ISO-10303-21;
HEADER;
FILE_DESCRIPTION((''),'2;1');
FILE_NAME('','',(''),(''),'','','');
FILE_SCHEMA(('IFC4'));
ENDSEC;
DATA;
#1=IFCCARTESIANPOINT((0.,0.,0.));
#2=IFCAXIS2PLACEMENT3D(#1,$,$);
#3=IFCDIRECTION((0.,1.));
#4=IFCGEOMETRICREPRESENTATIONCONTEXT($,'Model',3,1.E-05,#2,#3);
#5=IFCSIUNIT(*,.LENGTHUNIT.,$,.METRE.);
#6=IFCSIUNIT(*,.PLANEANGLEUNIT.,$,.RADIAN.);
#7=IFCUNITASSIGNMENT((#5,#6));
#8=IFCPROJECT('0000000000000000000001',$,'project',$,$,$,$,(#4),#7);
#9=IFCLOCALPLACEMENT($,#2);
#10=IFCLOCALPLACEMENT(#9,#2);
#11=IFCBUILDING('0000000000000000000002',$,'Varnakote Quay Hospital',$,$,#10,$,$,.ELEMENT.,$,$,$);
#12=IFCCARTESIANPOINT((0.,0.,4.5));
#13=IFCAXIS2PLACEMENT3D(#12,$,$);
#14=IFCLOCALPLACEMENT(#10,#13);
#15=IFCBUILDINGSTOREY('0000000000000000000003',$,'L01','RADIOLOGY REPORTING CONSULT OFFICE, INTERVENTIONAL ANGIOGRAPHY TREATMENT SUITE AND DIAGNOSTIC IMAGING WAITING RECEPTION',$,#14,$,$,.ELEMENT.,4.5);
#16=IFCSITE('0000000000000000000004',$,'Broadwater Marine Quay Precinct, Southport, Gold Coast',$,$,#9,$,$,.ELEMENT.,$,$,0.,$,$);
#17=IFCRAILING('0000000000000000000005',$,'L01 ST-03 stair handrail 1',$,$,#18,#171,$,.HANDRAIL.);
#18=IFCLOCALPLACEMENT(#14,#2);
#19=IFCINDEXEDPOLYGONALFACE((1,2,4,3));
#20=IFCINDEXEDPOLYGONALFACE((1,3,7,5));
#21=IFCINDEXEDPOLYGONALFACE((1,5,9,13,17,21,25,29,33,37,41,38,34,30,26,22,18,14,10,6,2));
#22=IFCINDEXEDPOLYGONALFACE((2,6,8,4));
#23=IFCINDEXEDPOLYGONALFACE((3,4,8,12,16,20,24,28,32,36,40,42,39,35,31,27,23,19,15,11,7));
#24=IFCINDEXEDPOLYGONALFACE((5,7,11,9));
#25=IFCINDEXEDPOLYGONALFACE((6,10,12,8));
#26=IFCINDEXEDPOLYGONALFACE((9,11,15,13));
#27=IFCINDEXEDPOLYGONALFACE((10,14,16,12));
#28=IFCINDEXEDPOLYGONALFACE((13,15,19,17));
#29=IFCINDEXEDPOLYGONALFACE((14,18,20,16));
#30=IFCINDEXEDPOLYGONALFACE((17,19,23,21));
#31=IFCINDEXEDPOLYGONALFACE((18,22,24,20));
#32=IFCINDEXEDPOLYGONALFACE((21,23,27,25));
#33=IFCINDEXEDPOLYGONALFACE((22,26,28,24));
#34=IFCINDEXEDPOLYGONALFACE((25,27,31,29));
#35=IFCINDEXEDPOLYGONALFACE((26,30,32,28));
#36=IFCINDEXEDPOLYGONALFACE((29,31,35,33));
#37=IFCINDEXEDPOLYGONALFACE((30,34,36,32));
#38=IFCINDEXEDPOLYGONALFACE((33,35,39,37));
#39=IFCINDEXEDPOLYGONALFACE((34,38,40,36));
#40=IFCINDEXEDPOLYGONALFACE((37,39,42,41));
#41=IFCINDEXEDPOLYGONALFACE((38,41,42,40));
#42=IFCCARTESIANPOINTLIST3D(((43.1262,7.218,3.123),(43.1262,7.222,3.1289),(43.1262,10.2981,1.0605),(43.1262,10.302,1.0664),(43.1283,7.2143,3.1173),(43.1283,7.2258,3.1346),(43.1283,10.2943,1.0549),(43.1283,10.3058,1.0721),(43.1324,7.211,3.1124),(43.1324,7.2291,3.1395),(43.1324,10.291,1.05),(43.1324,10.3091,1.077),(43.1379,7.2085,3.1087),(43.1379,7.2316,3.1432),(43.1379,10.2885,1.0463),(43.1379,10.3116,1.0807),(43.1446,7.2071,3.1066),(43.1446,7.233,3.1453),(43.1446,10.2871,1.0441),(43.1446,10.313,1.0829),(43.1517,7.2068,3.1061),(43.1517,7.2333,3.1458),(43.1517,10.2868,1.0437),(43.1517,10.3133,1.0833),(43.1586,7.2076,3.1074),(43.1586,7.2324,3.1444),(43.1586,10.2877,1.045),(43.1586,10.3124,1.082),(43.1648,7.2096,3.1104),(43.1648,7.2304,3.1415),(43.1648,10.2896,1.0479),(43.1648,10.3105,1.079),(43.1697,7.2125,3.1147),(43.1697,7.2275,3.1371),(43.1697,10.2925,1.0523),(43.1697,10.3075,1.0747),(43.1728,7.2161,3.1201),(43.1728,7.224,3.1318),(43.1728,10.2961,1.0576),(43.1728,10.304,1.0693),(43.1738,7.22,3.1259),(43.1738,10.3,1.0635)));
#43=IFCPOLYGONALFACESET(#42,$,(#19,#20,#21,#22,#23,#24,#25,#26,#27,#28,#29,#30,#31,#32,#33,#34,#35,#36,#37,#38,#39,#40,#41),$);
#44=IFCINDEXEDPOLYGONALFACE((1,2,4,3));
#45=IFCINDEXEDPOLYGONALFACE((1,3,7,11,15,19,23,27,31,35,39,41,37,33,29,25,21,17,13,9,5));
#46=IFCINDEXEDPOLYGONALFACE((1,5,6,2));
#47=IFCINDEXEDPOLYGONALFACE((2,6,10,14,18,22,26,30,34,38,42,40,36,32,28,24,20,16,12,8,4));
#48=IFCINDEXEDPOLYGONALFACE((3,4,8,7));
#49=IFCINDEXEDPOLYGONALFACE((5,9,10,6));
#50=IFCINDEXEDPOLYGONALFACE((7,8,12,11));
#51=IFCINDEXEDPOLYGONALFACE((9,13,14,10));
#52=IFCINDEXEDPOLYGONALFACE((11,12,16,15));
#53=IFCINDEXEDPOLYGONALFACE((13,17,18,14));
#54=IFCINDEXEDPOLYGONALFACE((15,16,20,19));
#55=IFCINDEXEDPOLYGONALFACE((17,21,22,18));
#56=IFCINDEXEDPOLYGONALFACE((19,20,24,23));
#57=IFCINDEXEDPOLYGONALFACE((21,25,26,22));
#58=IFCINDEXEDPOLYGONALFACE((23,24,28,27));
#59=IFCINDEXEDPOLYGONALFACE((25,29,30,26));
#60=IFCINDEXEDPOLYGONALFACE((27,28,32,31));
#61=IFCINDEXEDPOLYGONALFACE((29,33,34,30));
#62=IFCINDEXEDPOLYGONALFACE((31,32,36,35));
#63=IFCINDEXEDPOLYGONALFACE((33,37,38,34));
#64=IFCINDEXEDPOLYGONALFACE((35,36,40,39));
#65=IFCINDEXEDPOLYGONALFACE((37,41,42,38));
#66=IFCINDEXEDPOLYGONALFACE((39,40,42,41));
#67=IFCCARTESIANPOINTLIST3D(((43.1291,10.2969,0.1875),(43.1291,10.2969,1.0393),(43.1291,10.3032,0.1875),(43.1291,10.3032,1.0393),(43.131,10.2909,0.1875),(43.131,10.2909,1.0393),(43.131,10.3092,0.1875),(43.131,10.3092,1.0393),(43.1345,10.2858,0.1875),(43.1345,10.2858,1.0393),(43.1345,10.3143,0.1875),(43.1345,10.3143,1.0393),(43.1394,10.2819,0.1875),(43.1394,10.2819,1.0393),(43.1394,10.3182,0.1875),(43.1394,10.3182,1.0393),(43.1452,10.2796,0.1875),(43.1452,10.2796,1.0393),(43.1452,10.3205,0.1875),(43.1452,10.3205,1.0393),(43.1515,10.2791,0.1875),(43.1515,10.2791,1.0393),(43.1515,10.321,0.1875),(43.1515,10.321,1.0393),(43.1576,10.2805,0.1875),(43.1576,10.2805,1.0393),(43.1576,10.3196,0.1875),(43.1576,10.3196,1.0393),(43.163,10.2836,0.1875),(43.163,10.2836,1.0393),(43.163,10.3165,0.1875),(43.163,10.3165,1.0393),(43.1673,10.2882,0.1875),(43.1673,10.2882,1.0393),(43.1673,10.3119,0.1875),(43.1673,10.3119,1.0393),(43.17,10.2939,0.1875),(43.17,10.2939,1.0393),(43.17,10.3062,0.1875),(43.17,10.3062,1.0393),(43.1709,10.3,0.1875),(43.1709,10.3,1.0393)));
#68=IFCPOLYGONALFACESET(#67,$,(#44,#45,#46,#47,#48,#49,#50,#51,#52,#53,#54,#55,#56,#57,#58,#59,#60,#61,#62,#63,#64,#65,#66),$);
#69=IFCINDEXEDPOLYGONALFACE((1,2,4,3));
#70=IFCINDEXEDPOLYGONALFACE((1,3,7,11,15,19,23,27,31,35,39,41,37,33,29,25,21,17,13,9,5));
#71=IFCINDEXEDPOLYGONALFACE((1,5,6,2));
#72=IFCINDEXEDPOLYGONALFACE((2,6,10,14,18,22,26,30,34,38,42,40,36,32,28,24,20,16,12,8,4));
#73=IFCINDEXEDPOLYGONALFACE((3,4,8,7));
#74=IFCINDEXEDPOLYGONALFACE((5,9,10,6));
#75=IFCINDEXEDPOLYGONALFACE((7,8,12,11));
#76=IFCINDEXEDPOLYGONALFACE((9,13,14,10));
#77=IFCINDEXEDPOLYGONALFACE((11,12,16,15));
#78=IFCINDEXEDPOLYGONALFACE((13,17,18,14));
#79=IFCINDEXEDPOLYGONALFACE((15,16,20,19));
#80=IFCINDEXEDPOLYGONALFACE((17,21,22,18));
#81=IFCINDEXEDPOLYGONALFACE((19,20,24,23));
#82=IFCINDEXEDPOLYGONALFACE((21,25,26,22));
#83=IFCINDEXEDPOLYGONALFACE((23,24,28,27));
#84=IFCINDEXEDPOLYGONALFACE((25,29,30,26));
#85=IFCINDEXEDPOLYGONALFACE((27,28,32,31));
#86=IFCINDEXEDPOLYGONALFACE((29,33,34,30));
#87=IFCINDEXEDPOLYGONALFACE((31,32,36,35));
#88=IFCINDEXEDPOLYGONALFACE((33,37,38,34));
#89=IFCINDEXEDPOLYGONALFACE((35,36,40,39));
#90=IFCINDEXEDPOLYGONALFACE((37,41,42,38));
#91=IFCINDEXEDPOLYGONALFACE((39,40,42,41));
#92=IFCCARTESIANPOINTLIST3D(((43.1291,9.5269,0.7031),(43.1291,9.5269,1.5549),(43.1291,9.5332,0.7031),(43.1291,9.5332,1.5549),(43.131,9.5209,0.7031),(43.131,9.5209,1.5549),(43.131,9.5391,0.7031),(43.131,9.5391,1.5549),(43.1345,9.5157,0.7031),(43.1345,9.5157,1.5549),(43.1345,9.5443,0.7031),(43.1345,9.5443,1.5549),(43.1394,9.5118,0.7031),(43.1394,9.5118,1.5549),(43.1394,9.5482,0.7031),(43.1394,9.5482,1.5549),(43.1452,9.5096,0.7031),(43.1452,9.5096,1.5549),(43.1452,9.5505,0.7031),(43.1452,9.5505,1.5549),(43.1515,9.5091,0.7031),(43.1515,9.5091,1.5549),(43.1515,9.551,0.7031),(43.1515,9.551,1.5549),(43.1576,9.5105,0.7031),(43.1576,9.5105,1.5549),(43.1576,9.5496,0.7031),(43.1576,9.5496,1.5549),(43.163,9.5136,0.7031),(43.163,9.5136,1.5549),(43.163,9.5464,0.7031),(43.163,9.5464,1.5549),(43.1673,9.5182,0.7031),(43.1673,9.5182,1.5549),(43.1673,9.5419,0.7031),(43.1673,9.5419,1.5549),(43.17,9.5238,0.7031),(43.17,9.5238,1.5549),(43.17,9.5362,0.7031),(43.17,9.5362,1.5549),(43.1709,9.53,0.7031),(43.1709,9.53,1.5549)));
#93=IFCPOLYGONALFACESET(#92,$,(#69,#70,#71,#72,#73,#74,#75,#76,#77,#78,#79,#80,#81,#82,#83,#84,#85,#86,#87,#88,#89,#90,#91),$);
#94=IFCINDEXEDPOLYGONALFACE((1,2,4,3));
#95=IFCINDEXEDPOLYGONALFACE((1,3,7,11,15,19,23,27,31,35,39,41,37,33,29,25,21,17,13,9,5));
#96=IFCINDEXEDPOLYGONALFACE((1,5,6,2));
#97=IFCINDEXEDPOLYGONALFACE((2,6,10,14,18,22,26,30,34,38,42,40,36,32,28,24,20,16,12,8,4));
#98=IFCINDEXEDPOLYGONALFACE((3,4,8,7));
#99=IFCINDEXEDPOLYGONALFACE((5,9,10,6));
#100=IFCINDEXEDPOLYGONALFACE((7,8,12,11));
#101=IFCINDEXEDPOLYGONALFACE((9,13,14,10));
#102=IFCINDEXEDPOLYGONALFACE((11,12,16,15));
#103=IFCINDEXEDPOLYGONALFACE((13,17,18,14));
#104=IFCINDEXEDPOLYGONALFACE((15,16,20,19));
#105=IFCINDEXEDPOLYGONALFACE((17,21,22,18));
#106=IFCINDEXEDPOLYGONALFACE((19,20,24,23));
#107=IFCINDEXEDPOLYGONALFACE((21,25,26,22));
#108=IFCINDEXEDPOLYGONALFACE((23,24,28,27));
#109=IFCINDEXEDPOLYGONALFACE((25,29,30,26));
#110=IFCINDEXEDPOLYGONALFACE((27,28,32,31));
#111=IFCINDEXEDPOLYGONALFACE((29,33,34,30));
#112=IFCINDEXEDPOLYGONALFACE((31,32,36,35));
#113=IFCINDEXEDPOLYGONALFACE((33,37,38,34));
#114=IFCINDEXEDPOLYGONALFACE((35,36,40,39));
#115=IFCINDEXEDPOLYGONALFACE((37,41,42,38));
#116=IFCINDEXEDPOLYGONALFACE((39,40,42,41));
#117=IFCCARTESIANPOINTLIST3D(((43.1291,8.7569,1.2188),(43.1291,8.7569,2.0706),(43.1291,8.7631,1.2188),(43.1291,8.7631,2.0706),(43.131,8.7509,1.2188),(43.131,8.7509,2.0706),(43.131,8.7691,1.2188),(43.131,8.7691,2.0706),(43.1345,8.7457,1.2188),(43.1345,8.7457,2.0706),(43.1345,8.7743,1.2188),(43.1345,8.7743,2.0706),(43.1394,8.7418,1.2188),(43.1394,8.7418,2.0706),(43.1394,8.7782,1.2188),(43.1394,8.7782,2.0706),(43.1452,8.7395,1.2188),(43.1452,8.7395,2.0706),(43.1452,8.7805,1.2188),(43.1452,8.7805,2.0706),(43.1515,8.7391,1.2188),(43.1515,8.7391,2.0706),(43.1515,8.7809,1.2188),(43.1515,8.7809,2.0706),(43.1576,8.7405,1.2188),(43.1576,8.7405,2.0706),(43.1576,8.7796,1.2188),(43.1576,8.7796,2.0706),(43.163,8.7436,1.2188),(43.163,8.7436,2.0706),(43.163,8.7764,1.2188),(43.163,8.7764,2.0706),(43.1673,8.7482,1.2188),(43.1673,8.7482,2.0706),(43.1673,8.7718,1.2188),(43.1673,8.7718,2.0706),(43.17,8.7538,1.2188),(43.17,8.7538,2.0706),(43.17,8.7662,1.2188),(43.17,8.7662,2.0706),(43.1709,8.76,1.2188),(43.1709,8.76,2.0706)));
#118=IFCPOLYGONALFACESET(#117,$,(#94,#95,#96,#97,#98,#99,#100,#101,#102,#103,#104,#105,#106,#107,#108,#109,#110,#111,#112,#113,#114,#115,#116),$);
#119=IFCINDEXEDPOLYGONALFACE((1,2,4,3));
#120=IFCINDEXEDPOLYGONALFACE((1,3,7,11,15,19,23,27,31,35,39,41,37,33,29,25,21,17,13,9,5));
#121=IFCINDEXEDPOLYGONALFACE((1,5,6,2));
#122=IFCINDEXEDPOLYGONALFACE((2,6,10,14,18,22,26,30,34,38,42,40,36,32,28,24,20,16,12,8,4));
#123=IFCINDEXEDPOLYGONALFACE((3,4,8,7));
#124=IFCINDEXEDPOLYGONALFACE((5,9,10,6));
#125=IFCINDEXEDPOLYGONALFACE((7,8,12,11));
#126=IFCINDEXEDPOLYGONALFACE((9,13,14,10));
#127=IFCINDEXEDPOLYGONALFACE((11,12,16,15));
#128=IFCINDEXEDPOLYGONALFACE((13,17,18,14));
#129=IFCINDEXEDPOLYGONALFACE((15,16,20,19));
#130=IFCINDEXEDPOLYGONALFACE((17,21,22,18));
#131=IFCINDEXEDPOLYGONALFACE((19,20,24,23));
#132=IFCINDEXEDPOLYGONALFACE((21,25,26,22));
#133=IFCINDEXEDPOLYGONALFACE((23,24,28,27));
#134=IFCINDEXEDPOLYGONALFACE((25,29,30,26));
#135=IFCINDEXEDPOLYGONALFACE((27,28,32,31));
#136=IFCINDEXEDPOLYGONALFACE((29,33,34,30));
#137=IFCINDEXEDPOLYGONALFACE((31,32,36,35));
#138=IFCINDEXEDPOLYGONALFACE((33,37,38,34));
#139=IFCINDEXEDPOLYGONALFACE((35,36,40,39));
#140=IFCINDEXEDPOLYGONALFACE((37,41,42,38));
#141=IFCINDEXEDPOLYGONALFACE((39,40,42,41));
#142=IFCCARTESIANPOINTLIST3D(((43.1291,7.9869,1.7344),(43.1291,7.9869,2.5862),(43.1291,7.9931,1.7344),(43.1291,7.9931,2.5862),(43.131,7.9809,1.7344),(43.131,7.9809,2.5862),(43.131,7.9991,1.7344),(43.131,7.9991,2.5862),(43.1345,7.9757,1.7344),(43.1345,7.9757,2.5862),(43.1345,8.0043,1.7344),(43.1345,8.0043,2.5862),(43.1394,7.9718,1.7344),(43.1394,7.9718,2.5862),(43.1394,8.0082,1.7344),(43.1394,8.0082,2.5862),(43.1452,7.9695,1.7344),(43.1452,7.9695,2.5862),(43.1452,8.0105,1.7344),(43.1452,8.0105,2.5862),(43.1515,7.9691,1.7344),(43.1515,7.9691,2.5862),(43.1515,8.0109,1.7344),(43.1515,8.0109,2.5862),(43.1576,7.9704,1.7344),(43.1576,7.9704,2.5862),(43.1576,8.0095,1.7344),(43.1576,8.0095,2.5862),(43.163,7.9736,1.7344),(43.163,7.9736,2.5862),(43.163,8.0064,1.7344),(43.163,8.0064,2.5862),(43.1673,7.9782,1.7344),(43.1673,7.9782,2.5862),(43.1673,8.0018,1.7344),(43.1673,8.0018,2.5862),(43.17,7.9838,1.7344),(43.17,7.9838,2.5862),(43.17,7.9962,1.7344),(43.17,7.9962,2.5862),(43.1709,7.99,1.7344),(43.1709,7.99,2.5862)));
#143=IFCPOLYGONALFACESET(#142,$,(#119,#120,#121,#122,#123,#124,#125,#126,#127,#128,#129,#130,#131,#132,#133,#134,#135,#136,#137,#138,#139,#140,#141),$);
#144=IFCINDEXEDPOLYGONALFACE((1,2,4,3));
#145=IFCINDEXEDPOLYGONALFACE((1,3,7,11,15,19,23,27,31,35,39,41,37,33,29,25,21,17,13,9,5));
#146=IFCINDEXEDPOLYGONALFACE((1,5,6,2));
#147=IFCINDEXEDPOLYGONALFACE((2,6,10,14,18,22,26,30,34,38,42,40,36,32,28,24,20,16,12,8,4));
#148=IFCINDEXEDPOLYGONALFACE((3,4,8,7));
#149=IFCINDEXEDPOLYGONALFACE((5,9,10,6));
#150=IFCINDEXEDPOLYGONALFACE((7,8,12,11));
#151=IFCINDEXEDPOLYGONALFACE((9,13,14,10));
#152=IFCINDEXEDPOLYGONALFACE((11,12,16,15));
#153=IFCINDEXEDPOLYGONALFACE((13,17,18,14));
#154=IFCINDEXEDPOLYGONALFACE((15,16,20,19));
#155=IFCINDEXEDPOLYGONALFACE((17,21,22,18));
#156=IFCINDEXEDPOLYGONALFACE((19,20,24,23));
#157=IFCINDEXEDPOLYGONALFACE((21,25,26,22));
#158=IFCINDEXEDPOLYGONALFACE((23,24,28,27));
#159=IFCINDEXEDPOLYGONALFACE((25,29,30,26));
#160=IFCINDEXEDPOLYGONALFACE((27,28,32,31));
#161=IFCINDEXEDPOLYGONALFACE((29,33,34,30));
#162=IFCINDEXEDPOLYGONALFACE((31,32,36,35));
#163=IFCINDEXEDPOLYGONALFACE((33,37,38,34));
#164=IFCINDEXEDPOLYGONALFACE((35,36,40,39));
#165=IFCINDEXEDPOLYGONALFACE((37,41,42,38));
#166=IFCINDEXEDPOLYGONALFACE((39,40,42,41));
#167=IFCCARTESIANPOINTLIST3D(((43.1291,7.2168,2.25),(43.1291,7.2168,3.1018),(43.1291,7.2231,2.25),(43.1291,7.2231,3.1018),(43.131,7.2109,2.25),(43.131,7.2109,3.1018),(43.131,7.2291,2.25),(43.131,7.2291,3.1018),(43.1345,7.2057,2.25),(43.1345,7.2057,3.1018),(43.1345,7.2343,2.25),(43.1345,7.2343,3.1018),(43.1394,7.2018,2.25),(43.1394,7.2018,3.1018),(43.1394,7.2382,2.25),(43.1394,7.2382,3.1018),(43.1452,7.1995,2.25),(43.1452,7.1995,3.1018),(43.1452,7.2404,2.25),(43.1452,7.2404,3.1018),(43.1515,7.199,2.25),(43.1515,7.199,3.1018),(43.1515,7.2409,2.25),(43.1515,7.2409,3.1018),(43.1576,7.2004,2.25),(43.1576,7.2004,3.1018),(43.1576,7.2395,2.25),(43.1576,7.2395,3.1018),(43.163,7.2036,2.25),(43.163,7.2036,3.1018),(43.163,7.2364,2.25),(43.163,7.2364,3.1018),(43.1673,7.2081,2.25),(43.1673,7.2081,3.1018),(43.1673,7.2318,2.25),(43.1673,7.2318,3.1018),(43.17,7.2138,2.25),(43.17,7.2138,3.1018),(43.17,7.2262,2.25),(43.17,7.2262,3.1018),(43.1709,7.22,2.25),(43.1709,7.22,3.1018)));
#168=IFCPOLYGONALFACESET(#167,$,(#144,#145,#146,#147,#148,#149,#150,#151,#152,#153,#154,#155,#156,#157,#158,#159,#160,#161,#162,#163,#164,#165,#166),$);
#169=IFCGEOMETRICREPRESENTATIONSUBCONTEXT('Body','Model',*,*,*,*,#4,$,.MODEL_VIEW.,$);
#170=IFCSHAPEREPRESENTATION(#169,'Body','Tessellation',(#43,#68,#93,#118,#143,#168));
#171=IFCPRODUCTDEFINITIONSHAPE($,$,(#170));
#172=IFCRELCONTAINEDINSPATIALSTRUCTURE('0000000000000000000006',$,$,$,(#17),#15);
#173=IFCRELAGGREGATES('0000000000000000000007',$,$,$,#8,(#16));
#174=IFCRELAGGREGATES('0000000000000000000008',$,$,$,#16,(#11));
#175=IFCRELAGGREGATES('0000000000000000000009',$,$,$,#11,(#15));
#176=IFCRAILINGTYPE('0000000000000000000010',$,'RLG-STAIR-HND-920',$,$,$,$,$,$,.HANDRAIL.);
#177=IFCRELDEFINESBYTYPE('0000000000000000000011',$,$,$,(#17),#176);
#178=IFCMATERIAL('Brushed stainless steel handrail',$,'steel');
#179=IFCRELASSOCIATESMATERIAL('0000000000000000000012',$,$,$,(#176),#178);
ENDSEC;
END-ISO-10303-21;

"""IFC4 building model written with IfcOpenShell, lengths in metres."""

from ifc_helpers import new_model, si_unit, direction, frame, origin, origin_2d, place, context, subcontext, project, spatial, circle, extrude, material, type_object, element, save


model = new_model("IFC4")

# Units and contexts
model_context = context("Model", 3, precision=1e-05, world=origin(), true_north=direction((0.0, 1.0)))
body_context = subcontext(model_context, "Body", "Model", "MODEL_VIEW")
ifc_project = project(units=[si_unit("LENGTHUNIT", "METRE"), si_unit("PLANEANGLEUNIT", "RADIAN")], contexts=[model_context])

# Site, building, storey
site_placement = place(None, origin())
site = spatial("IfcSite", under=ifc_project, at=site_placement, Name="Broadwater Marine Quay Precinct, Southport, Gold Coast", CompositionType="ELEMENT", RefElevation=0.0)
building_placement = place(site_placement, origin())
building = spatial("IfcBuilding", under=site, at=building_placement, Name="Varnakote Quay Hospital", CompositionType="ELEMENT")
storey_placement = place(building_placement, frame((0.0, 0.0, 4.5)))
storey = spatial("IfcBuildingStorey", under=building, at=storey_placement, Name="L01", Description="RADIOLOGY REPORTING CONSULT OFFICE, INTERVENTIONAL ANGIOGRAPHY TREATMENT SUITE AND DIAGNOSTIC IMAGING WAITING RECEPTION", CompositionType="ELEMENT", Elevation=4.5)

# Railing
ifc_material_1 = material(Name="Brushed stainless steel handrail", Category="steel")
railing_type_1 = type_object("IfcRailingType", Name="RLG-STAIR-HND-920", PredefinedType="HANDRAIL", material=ifc_material_1)
railing_1_placement = place(storey_placement, frame((43.1499, 10.3, 0.1875)))
element("IfcRailing", 1, at=railing_1_placement, inside=storey, type_object=railing_type_1, Name="L01 ST-03 stair handrail 1", PredefinedType="HANDRAIL", context=body_context, shape_type="SweptSolid", body=[
    extrude(circle(Radius=0.0239, at=origin_2d()), frame((0.0, 0.0, 0.876), z_axis=(0.0, -0.830914, 0.556401), x_axis=(1.0, 0.0, 0.0)), (0.0, 0.0, 1.0), 3.7068),
    extrude(circle(Radius=0.021, at=origin_2d()), origin(), (0.0, 0.0, 1.0), 0.8518),
    extrude(circle(Radius=0.021, at=origin_2d()), frame((0.0, -0.77, 0.5156)), (0.0, 0.0, 1.0), 0.8518),
    extrude(circle(Radius=0.021, at=origin_2d()), frame((0.0, -1.54, 1.0312)), (0.0, 0.0, 1.0), 0.8518),
    extrude(circle(Radius=0.021, at=origin_2d()), frame((0.0, -2.3101, 1.5469)), (0.0, 0.0, 1.0), 0.8518),
    extrude(circle(Radius=0.021, at=origin_2d()), frame((0.0, -3.0801, 2.0625)), (0.0, 0.0, 1.0), 0.8518),
])

save(model, "model.ifc")
